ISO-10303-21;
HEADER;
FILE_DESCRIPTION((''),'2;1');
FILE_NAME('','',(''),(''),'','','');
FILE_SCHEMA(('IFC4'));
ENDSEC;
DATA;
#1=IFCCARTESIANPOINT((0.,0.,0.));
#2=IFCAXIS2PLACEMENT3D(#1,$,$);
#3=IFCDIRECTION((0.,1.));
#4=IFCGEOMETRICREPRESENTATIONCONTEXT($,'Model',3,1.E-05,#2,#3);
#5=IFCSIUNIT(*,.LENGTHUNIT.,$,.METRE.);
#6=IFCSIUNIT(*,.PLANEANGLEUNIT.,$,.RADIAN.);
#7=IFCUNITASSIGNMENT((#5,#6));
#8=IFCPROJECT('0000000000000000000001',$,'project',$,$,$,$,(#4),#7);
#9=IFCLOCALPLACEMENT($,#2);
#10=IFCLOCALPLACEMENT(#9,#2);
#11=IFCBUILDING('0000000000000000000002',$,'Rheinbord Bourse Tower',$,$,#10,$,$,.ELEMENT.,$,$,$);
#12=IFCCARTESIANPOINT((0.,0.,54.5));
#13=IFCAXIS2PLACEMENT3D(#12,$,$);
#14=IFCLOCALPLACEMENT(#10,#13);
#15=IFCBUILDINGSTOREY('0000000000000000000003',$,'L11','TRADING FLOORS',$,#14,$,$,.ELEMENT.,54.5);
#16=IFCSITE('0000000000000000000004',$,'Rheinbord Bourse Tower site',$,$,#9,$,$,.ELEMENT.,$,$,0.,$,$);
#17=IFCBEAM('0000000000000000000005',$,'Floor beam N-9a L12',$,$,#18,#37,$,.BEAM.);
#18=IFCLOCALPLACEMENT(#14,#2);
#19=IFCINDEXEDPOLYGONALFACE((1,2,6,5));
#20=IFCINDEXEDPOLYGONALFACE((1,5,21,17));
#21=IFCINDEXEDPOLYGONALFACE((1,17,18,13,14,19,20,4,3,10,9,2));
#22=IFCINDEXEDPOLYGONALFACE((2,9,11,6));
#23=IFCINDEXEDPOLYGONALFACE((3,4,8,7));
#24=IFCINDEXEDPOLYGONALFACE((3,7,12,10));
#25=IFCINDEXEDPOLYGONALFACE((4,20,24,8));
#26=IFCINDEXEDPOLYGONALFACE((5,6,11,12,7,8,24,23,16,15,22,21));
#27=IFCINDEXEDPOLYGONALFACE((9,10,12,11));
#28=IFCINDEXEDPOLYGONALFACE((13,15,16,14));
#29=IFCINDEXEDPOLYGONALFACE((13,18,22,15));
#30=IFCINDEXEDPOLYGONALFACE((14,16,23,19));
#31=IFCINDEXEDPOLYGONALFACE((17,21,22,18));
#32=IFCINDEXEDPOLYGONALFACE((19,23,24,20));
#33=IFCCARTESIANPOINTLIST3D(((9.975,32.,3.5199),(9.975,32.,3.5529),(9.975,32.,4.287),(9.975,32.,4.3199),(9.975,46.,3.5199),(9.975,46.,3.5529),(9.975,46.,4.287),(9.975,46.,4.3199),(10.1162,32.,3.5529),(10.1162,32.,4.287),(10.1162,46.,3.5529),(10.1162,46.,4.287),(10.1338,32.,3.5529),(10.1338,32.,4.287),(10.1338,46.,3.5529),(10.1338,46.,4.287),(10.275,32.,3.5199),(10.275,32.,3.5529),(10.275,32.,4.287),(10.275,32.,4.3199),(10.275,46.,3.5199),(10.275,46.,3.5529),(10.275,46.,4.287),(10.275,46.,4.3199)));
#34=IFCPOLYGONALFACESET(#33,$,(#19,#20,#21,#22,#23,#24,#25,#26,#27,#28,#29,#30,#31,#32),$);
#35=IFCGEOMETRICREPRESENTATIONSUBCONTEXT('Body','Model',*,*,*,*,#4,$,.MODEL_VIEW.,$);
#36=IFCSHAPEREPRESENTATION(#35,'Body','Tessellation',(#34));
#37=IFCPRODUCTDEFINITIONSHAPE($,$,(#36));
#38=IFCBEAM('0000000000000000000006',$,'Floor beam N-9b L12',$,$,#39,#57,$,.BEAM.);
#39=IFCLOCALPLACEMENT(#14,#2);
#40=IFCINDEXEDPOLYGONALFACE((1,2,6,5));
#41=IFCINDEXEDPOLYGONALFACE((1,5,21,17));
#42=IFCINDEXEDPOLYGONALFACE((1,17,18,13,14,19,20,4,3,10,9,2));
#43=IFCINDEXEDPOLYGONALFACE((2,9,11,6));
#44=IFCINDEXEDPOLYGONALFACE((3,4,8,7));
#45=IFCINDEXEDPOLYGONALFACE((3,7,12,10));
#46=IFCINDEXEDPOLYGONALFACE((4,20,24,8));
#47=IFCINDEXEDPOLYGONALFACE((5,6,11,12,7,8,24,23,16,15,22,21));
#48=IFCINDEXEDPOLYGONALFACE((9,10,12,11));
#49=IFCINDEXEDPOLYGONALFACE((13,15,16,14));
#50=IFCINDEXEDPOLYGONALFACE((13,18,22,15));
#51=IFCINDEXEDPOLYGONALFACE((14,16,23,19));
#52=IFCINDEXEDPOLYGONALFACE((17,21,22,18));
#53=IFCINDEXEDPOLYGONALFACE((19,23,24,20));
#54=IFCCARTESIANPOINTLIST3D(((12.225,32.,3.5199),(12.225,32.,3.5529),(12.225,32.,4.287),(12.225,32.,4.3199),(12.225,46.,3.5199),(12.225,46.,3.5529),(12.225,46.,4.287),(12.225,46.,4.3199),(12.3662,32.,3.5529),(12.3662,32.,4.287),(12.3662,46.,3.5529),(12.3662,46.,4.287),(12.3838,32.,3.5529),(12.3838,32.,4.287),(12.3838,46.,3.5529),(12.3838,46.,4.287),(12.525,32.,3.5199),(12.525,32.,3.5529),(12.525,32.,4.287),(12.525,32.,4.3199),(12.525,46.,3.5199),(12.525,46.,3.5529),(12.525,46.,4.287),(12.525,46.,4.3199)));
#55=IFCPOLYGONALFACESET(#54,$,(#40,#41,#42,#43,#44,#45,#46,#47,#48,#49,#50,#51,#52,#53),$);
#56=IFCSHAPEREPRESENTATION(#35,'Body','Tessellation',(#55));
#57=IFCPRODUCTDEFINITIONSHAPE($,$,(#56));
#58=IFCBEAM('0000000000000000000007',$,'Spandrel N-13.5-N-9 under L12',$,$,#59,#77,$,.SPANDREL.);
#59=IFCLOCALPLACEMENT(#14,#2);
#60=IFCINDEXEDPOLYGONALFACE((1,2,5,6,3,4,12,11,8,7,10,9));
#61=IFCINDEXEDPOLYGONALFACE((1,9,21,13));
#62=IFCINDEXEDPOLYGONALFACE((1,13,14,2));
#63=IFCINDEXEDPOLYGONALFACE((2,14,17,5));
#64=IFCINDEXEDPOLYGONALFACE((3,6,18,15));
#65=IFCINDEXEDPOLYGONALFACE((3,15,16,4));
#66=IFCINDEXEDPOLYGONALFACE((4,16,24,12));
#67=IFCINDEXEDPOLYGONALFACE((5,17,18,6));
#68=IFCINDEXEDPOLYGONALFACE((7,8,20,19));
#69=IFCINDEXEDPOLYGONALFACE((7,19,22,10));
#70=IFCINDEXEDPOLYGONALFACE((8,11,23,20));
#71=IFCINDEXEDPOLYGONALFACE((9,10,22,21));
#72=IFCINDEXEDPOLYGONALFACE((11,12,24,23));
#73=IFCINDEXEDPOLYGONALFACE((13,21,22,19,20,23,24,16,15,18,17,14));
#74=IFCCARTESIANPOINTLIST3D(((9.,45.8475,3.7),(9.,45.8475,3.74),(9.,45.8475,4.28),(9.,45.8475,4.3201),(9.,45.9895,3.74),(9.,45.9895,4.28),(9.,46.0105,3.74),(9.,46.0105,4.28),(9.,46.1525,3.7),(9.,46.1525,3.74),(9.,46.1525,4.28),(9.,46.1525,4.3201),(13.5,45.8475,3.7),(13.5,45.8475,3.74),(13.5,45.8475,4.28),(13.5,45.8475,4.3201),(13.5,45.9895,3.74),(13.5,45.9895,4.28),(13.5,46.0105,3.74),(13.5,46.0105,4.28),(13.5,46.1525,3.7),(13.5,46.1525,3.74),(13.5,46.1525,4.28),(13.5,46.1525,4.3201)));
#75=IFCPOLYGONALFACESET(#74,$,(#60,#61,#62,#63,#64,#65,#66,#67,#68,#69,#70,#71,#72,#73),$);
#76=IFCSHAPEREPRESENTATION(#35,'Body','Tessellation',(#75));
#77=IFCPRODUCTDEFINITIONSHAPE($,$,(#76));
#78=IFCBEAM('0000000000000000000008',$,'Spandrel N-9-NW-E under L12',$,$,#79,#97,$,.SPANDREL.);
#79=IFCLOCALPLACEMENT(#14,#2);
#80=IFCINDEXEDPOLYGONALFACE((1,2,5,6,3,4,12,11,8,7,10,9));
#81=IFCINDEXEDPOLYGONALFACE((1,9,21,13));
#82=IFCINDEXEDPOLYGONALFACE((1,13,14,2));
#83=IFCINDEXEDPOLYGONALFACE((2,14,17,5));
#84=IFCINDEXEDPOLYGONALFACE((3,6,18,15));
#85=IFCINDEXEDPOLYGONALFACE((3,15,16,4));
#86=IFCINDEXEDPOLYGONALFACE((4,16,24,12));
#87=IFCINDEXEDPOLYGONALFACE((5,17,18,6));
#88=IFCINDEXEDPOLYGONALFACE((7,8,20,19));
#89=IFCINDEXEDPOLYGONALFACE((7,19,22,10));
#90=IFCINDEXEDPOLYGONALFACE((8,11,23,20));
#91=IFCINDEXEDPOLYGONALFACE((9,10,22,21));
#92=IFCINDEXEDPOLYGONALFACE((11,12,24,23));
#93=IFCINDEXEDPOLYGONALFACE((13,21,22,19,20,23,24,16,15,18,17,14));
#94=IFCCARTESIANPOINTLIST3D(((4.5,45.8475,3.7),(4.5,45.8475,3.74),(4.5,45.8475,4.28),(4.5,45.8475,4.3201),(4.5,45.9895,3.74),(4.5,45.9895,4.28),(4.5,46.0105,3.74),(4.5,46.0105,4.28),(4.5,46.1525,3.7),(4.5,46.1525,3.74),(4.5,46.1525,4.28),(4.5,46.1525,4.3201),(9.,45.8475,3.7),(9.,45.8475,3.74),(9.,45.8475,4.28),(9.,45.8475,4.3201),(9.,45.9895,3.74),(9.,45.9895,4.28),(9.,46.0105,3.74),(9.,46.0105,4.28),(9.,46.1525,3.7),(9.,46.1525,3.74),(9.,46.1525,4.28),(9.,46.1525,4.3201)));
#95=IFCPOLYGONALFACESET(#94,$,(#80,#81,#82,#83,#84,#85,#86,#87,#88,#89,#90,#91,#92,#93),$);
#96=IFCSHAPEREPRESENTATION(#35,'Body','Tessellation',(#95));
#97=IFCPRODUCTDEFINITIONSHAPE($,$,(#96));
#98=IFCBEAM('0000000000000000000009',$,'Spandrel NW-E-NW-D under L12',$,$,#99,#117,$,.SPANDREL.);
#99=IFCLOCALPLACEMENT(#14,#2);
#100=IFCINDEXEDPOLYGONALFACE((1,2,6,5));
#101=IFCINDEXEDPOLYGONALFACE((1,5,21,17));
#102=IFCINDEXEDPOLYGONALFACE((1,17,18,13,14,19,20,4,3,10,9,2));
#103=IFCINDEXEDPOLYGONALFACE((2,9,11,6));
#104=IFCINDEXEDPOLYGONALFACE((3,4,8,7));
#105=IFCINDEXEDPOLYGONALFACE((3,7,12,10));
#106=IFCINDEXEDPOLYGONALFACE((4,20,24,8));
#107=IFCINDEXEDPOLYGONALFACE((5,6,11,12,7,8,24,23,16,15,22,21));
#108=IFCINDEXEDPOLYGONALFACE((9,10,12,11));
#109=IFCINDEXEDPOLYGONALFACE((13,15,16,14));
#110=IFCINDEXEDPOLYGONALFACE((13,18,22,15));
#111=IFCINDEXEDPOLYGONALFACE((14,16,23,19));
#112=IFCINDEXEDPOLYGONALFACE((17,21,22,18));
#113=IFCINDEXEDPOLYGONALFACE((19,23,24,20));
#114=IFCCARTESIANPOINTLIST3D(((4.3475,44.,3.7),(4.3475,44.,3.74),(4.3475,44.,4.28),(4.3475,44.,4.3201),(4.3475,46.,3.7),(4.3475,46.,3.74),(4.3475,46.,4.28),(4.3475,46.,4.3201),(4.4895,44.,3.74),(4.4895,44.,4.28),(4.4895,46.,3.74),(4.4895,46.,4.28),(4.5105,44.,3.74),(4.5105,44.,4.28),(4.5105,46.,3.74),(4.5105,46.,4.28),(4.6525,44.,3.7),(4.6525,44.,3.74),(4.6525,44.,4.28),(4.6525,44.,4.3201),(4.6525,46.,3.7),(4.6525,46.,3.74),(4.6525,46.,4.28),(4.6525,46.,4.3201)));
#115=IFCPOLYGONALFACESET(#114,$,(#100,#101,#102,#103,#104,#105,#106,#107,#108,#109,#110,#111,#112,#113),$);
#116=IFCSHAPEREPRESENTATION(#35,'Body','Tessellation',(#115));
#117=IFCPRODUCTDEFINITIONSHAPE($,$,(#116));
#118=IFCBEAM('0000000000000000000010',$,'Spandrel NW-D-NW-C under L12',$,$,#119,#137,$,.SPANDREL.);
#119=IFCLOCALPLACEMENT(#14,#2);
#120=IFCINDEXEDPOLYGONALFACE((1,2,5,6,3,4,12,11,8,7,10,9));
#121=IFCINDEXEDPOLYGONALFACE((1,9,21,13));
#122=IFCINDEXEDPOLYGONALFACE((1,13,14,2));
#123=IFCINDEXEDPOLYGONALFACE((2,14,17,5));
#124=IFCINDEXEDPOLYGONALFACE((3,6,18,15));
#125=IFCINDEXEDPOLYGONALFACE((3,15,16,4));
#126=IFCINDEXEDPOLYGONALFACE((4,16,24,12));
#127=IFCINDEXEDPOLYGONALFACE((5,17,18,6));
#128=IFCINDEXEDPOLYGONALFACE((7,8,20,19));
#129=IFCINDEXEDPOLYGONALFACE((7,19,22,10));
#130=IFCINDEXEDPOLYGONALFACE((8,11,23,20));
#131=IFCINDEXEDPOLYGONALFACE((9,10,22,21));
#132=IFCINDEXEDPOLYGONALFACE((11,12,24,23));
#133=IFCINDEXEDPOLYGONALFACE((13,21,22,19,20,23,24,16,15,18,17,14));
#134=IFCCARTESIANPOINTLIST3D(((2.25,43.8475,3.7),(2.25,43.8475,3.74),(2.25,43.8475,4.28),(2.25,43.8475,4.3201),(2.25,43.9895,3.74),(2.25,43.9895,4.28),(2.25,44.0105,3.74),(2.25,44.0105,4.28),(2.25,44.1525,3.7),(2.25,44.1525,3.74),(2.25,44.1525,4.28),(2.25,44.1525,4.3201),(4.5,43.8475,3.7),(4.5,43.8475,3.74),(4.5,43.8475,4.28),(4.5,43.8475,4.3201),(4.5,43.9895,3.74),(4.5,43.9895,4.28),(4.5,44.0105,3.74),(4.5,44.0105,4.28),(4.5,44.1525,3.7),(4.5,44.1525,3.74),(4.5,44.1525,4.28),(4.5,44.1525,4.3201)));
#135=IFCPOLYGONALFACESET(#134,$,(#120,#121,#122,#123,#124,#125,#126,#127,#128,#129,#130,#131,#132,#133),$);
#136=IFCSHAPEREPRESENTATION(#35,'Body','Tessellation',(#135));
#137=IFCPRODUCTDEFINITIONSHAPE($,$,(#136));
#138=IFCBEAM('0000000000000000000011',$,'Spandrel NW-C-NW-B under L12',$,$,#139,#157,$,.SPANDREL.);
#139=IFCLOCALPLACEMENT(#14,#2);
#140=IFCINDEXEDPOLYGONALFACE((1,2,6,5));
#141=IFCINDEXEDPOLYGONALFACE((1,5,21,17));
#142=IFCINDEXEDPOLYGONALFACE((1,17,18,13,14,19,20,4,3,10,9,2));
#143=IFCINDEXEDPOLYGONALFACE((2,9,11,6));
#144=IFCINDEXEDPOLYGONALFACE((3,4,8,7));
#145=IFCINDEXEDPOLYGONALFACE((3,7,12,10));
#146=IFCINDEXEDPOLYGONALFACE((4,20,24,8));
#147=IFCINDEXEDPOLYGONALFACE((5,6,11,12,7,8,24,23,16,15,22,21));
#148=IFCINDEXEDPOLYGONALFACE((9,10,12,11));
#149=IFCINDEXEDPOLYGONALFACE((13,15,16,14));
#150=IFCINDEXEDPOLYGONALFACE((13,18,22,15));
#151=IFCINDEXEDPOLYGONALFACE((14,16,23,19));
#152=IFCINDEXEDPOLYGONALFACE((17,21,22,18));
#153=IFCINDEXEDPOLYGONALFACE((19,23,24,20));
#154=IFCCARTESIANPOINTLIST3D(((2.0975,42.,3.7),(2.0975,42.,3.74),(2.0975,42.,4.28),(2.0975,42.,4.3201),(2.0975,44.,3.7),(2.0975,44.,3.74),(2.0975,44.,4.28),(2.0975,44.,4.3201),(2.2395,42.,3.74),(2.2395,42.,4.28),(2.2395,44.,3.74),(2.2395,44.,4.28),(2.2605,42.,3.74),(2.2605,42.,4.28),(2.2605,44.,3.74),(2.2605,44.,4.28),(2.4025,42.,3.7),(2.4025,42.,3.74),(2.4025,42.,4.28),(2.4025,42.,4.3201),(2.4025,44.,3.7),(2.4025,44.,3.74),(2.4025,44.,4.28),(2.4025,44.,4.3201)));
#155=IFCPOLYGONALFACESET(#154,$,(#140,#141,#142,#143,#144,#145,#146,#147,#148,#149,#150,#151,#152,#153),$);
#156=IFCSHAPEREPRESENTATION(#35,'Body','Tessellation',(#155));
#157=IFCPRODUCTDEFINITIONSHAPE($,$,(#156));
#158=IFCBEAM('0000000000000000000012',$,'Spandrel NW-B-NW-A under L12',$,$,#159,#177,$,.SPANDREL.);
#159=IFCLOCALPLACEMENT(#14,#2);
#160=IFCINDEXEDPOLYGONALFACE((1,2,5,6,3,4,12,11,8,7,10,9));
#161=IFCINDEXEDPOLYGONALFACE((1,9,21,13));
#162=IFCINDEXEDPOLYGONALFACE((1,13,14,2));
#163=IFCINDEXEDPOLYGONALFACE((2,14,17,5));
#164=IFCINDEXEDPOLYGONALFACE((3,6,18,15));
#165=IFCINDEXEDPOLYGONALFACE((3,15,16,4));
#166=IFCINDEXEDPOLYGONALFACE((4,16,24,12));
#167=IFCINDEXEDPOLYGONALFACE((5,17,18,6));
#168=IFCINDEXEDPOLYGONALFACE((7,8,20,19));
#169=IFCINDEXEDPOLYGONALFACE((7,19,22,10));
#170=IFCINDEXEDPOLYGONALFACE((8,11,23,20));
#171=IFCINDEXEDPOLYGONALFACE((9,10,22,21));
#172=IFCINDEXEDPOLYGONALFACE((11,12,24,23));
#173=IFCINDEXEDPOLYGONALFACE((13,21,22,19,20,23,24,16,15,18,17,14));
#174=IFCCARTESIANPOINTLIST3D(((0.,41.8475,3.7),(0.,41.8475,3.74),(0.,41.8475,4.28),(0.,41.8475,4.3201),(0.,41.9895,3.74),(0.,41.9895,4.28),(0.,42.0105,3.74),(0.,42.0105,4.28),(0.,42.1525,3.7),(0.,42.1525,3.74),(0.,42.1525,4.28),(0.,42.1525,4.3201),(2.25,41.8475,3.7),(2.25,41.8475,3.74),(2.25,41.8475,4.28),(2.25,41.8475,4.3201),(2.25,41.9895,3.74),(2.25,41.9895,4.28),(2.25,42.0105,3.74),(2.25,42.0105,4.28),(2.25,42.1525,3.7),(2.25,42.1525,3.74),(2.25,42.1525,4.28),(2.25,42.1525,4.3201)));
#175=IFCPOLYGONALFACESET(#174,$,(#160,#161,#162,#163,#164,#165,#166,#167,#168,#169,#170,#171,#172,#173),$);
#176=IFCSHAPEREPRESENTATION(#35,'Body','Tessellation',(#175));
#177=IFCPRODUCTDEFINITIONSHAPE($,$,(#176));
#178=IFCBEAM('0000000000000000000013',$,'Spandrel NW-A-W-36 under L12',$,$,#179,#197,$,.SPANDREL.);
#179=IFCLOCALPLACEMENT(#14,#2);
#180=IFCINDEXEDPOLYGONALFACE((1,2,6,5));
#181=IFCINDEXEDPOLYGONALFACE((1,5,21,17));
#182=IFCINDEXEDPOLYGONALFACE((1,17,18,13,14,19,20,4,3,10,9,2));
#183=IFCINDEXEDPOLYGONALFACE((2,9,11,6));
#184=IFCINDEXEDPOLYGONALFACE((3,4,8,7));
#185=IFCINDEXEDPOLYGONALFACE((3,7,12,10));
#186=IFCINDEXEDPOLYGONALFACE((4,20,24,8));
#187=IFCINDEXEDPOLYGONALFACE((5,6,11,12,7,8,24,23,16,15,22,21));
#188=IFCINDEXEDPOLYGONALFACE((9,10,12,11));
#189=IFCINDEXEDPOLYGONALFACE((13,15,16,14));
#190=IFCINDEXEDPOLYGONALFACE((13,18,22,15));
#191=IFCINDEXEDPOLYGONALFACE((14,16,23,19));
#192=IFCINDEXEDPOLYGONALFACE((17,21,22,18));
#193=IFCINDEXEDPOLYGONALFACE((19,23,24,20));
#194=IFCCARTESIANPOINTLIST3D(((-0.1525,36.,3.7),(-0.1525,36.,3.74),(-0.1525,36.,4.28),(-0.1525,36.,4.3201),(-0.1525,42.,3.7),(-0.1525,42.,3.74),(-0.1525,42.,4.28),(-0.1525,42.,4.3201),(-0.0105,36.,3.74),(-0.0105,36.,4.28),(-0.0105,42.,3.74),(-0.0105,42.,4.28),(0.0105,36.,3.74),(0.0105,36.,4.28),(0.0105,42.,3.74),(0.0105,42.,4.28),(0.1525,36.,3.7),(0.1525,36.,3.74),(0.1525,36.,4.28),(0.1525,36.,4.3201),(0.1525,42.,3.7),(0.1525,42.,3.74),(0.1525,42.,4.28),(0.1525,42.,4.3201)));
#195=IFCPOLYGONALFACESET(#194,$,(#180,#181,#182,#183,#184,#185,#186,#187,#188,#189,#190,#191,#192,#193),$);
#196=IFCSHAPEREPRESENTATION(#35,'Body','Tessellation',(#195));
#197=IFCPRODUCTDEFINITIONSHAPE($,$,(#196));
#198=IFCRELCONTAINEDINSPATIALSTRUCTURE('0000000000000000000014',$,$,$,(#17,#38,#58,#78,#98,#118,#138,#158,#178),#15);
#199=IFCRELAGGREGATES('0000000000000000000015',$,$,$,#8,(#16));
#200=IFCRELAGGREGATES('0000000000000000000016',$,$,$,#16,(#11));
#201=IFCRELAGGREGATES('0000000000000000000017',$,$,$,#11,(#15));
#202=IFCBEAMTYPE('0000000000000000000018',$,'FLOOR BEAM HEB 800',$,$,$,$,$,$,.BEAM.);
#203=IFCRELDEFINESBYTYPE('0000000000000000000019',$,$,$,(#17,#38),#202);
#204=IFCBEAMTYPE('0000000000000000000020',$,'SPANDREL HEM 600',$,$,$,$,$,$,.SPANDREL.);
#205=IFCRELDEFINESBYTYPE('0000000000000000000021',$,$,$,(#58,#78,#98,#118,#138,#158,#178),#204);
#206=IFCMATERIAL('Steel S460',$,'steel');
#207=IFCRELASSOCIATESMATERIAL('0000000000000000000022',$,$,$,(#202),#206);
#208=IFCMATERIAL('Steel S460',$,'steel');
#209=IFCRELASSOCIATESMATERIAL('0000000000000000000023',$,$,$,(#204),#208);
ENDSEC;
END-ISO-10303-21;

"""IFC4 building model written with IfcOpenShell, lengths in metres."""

from ifc_helpers import new_model, si_unit, direction, frame, origin, origin_2d, place, context, subcontext, project, spatial, i_section, extrude, material, material_profile, profile_set, type_object, element, save


model = new_model("IFC4")

# Units and contexts
model_context = context("Model", 3, precision=1e-05, world=origin(), true_north=direction((0.0, 1.0)))
body_context = subcontext(model_context, "Body", "Model", "MODEL_VIEW")
ifc_project = project(units=[si_unit("LENGTHUNIT", "METRE"), si_unit("PLANEANGLEUNIT", "RADIAN")], contexts=[model_context])

# Site, building, storey
site_placement = place(None, origin())
site = spatial("IfcSite", under=ifc_project, at=site_placement, Name="Rheinbord Bourse Tower site", CompositionType="ELEMENT", RefElevation=0.0)
building_placement = place(site_placement, origin())
building = spatial("IfcBuilding", under=site, at=building_placement, Name="Rheinbord Bourse Tower", CompositionType="ELEMENT")
storey_placement = place(building_placement, frame((0.0, 0.0, 54.5)))
storey = spatial("IfcBuildingStorey", under=building, at=storey_placement, Name="L11", Description="TRADING FLOORS", CompositionType="ELEMENT", Elevation=54.5)

# Beams
ifc_material_1 = material(Name="Steel S460", Category="steel")
ifc_material_profile_1 = material_profile(ifc_material_1, i_section(OverallWidth=0.3, OverallDepth=0.8, WebThickness=0.0176, FlangeThickness=0.033, at=origin_2d()), Name="HEB 800")
ifc_profile_set_1 = profile_set([ifc_material_profile_1], Name="Steel S460")
beam_type_1 = type_object("IfcBeamType", Name="FLOOR BEAM HEB 800", PredefinedType="BEAM", material=ifc_profile_set_1)
for number, where, z_axis, x_axis, name in (
    (1, (10.125, 46.0, 3.9199), (0.0, -1.0, 0.0), (1.0, 0.0, 0.0), "Floor beam N-9a L12"),
    (2, (12.375, 46.0, 3.9199), (0.0, -1.0, 0.0), (1.0, 0.0, 0.0), "Floor beam N-9b L12"),
):
    element("IfcBeam", number, at=place(storey_placement, frame(where, z_axis=z_axis, x_axis=x_axis)), inside=storey, type_object=beam_type_1, Name=name, PredefinedType="BEAM", context=body_context, shape_type="SweptSolid", body=[
        extrude(i_section(OverallWidth=0.3, OverallDepth=0.8, WebThickness=0.0176, FlangeThickness=0.033, at=origin_2d()), origin(), (0.0, 0.0, 1.0), 14.0),
    ])
ifc_material_2 = material(Name="Steel S460", Category="steel")
ifc_material_profile_2 = material_profile(ifc_material_2, i_section(OverallWidth=0.3049, OverallDepth=0.6201, WebThickness=0.021, FlangeThickness=0.04, at=origin_2d()), Name="HEM 600")
ifc_profile_set_2 = profile_set([ifc_material_profile_2], Name="Steel S460")
beam_type_2 = type_object("IfcBeamType", Name="SPANDREL HEM 600", PredefinedType="SPANDREL", material=ifc_profile_set_2)
for number, where, z_axis, x_axis, name in (
    (3, (13.5, 46.0, 4.01), (-1.0, 0.0, 0.0), (0.0, -1.0, 0.0), "Spandrel N-13.5-N-9 under L12"),
    (4, (9.0, 46.0, 4.01), (-1.0, 0.0, 0.0), (0.0, -1.0, 0.0), "Spandrel N-9-NW-E under L12"),
):
    element("IfcBeam", number, at=place(storey_placement, frame(where, z_axis=z_axis, x_axis=x_axis)), inside=storey, type_object=beam_type_2, Name=name, PredefinedType="SPANDREL", context=body_context, shape_type="SweptSolid", body=[
        extrude(i_section(OverallWidth=0.3049, OverallDepth=0.6201, WebThickness=0.021, FlangeThickness=0.04, at=origin_2d()), origin(), (0.0, 0.0, 1.0), 4.5),
    ])
beam_1_placement = place(storey_placement, frame((4.5, 46.0, 4.01), z_axis=(0.0, -1.0, 0.0), x_axis=(1.0, 0.0, 0.0)))
element("IfcBeam", 5, at=beam_1_placement, inside=storey, type_object=beam_type_2, Name="Spandrel NW-E-NW-D under L12", PredefinedType="SPANDREL", context=body_context, shape_type="SweptSolid", body=[
    extrude(i_section(OverallWidth=0.3049, OverallDepth=0.6201, WebThickness=0.021, FlangeThickness=0.04, at=origin_2d()), origin(), (0.0, 0.0, 1.0), 2.0),
])
beam_2_placement = place(storey_placement, frame((4.5, 44.0, 4.01), z_axis=(-1.0, 0.0, 0.0), x_axis=(0.0, -1.0, 0.0)))
element("IfcBeam", 6, at=beam_2_placement, inside=storey, type_object=beam_type_2, Name="Spandrel NW-D-NW-C under L12", PredefinedType="SPANDREL", context=body_context, shape_type="SweptSolid", body=[
    extrude(i_section(OverallWidth=0.3049, OverallDepth=0.6201, WebThickness=0.021, FlangeThickness=0.04, at=origin_2d()), origin(), (0.0, 0.0, 1.0), 2.25),
])
beam_3_placement = place(storey_placement, frame((2.25, 44.0, 4.01), z_axis=(0.0, -1.0, 0.0), x_axis=(1.0, 0.0, 0.0)))
element("IfcBeam", 7, at=beam_3_placement, inside=storey, type_object=beam_type_2, Name="Spandrel NW-C-NW-B under L12", PredefinedType="SPANDREL", context=body_context, shape_type="SweptSolid", body=[
    extrude(i_section(OverallWidth=0.3049, OverallDepth=0.6201, WebThickness=0.021, FlangeThickness=0.04, at=origin_2d()), origin(), (0.0, 0.0, 1.0), 2.0),
])
beam_4_placement = place(storey_placement, frame((2.25, 42.0, 4.01), z_axis=(-1.0, 0.0, 0.0), x_axis=(0.0, -1.0, 0.0)))
element("IfcBeam", 8, at=beam_4_placement, inside=storey, type_object=beam_type_2, Name="Spandrel NW-B-NW-A under L12", PredefinedType="SPANDREL", context=body_context, shape_type="SweptSolid", body=[
    extrude(i_section(OverallWidth=0.3049, OverallDepth=0.6201, WebThickness=0.021, FlangeThickness=0.04, at=origin_2d()), origin(), (0.0, 0.0, 1.0), 2.25),
])
beam_5_placement = place(storey_placement, frame((0.0, 42.0, 4.01), z_axis=(0.0, -1.0, 0.0), x_axis=(1.0, 0.0, 0.0)))
element("IfcBeam", 9, at=beam_5_placement, inside=storey, type_object=beam_type_2, Name="Spandrel NW-A-W-36 under L12", PredefinedType="SPANDREL", context=body_context, shape_type="SweptSolid", body=[
    extrude(i_section(OverallWidth=0.3049, OverallDepth=0.6201, WebThickness=0.021, FlangeThickness=0.04, at=origin_2d()), origin(), (0.0, 0.0, 1.0), 6.0),
])

save(model, "model.ifc")
